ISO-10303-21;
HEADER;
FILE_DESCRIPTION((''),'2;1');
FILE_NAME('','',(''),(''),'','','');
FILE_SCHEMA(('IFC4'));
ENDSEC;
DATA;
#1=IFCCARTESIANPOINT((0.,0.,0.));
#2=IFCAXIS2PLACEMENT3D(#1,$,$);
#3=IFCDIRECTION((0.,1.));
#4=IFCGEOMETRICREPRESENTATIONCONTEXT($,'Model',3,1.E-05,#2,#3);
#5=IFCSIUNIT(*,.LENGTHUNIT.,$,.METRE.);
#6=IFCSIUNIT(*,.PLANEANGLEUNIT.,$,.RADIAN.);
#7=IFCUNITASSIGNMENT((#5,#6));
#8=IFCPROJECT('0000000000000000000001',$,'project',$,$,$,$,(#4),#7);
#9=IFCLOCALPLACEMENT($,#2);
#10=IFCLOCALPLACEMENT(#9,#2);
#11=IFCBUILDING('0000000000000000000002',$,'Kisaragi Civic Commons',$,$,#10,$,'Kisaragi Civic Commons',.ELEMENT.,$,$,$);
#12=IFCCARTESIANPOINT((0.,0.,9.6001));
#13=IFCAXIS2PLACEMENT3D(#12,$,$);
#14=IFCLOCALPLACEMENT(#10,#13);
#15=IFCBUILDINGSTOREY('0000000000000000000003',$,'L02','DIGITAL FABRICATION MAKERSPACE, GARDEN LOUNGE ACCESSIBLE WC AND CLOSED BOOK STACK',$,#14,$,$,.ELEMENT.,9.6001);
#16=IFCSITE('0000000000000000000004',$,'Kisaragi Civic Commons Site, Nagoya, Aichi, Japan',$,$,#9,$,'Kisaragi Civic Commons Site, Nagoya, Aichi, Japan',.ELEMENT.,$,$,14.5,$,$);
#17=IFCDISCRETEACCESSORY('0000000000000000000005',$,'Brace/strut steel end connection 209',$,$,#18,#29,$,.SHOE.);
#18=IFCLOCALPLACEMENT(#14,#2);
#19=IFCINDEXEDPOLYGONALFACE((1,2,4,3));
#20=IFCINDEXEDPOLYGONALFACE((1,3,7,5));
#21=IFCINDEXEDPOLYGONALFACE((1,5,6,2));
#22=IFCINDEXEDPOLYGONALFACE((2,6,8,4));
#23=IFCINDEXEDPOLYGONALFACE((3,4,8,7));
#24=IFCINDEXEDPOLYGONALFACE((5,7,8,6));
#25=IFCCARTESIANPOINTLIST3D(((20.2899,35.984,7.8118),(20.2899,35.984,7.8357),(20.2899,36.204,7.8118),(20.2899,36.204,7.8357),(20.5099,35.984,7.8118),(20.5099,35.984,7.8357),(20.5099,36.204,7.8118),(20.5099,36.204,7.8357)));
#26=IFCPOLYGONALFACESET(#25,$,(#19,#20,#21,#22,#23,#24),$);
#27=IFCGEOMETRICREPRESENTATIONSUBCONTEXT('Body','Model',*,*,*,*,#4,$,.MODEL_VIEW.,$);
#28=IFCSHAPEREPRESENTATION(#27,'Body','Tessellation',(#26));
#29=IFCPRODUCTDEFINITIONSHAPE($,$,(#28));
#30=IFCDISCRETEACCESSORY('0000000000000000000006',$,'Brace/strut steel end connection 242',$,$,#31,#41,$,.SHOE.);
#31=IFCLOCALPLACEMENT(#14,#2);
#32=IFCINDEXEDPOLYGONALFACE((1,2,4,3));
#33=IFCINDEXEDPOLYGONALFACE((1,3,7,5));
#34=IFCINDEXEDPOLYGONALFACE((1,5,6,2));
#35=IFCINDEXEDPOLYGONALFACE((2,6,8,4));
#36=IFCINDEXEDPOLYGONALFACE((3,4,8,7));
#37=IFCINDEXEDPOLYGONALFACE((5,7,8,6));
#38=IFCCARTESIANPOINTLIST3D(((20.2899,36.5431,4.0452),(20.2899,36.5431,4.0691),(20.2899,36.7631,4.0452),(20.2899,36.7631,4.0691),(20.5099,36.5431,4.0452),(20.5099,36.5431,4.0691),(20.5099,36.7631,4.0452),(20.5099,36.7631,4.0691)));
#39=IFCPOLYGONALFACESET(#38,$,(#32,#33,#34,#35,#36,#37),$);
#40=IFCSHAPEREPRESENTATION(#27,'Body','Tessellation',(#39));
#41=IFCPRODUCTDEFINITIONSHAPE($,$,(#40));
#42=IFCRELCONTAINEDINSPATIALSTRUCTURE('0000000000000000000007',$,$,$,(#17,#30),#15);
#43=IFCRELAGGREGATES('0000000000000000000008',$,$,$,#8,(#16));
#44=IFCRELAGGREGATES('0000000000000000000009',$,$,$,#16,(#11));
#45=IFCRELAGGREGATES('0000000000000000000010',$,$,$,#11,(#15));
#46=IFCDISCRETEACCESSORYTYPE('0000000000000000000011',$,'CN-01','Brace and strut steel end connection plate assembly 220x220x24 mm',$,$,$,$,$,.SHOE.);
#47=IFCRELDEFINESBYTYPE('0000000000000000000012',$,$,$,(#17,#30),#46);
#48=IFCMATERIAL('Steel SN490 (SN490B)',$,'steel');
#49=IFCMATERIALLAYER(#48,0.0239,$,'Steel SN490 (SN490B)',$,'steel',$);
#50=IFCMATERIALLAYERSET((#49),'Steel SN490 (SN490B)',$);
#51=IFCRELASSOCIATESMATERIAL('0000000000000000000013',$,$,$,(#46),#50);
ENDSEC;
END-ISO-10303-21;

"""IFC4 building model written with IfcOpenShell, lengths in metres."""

from ifc_helpers import new_model, si_unit, direction, frame, origin, origin_2d, place, context, subcontext, project, spatial, rectangle, extrude, material, layer, layer_set, type_object, element, save


model = new_model("IFC4")

# Units and contexts
model_context = context("Model", 3, precision=1e-05, world=origin(), true_north=direction((0.0, 1.0)))
body_context = subcontext(model_context, "Body", "Model", "MODEL_VIEW")
ifc_project = project(units=[si_unit("LENGTHUNIT", "METRE"), si_unit("PLANEANGLEUNIT", "RADIAN")], contexts=[model_context])

# Site, building, storey
site_placement = place(None, origin())
site = spatial("IfcSite", under=ifc_project, at=site_placement, Name="Kisaragi Civic Commons Site, Nagoya, Aichi, Japan", LongName="Kisaragi Civic Commons Site, Nagoya, Aichi, Japan", CompositionType="ELEMENT", RefElevation=14.5)
building_placement = place(site_placement, origin())
building = spatial("IfcBuilding", under=site, at=building_placement, Name="Kisaragi Civic Commons", LongName="Kisaragi Civic Commons", CompositionType="ELEMENT")
storey_placement = place(building_placement, frame((0.0, 0.0, 9.6001)))
storey = spatial("IfcBuildingStorey", under=building, at=storey_placement, Name="L02", Description="DIGITAL FABRICATION MAKERSPACE, GARDEN LOUNGE ACCESSIBLE WC AND CLOSED BOOK STACK", CompositionType="ELEMENT", Elevation=9.6001)

# Shared definitions
ifc_material_1 = material(Name="Steel SN490 (SN490B)", Category="steel")

# Discrete accessories
ifc_layer_1 = layer(ifc_material_1, 0.0239, Name="Steel SN490 (SN490B)", Category="steel")
ifc_layer_set_1 = layer_set([ifc_layer_1], Name="Steel SN490 (SN490B)")
discrete_accessory_type = type_object("IfcDiscreteAccessoryType", Name="CN-01", Description="Brace and strut steel end connection plate assembly 220x220x24 mm", PredefinedType="SHOE", material=ifc_layer_set_1)
for number, where, z_axis, x_axis, name in (
    (1, (20.3999, 36.094, 7.8118), (0.0, 0.0, 1.0), (1.0, 0.0, 0.0), "Brace/strut steel end connection 209"),
    (2, (20.3999, 36.6531, 4.0452), (0.0, 0.0, 1.0), (1.0, 0.0, 0.0), "Brace/strut steel end connection 242"),
):
    element("IfcDiscreteAccessory", number, at=place(storey_placement, frame(where, z_axis=z_axis, x_axis=x_axis)), inside=storey, type_object=discrete_accessory_type, Name=name, PredefinedType="SHOE", context=body_context, shape_type="SweptSolid", body=[
        extrude(rectangle(XDim=0.22, YDim=0.22, at=origin_2d()), origin(), (0.0, 0.0, 1.0), 0.0239),
    ])

save(model, "model.ifc")
